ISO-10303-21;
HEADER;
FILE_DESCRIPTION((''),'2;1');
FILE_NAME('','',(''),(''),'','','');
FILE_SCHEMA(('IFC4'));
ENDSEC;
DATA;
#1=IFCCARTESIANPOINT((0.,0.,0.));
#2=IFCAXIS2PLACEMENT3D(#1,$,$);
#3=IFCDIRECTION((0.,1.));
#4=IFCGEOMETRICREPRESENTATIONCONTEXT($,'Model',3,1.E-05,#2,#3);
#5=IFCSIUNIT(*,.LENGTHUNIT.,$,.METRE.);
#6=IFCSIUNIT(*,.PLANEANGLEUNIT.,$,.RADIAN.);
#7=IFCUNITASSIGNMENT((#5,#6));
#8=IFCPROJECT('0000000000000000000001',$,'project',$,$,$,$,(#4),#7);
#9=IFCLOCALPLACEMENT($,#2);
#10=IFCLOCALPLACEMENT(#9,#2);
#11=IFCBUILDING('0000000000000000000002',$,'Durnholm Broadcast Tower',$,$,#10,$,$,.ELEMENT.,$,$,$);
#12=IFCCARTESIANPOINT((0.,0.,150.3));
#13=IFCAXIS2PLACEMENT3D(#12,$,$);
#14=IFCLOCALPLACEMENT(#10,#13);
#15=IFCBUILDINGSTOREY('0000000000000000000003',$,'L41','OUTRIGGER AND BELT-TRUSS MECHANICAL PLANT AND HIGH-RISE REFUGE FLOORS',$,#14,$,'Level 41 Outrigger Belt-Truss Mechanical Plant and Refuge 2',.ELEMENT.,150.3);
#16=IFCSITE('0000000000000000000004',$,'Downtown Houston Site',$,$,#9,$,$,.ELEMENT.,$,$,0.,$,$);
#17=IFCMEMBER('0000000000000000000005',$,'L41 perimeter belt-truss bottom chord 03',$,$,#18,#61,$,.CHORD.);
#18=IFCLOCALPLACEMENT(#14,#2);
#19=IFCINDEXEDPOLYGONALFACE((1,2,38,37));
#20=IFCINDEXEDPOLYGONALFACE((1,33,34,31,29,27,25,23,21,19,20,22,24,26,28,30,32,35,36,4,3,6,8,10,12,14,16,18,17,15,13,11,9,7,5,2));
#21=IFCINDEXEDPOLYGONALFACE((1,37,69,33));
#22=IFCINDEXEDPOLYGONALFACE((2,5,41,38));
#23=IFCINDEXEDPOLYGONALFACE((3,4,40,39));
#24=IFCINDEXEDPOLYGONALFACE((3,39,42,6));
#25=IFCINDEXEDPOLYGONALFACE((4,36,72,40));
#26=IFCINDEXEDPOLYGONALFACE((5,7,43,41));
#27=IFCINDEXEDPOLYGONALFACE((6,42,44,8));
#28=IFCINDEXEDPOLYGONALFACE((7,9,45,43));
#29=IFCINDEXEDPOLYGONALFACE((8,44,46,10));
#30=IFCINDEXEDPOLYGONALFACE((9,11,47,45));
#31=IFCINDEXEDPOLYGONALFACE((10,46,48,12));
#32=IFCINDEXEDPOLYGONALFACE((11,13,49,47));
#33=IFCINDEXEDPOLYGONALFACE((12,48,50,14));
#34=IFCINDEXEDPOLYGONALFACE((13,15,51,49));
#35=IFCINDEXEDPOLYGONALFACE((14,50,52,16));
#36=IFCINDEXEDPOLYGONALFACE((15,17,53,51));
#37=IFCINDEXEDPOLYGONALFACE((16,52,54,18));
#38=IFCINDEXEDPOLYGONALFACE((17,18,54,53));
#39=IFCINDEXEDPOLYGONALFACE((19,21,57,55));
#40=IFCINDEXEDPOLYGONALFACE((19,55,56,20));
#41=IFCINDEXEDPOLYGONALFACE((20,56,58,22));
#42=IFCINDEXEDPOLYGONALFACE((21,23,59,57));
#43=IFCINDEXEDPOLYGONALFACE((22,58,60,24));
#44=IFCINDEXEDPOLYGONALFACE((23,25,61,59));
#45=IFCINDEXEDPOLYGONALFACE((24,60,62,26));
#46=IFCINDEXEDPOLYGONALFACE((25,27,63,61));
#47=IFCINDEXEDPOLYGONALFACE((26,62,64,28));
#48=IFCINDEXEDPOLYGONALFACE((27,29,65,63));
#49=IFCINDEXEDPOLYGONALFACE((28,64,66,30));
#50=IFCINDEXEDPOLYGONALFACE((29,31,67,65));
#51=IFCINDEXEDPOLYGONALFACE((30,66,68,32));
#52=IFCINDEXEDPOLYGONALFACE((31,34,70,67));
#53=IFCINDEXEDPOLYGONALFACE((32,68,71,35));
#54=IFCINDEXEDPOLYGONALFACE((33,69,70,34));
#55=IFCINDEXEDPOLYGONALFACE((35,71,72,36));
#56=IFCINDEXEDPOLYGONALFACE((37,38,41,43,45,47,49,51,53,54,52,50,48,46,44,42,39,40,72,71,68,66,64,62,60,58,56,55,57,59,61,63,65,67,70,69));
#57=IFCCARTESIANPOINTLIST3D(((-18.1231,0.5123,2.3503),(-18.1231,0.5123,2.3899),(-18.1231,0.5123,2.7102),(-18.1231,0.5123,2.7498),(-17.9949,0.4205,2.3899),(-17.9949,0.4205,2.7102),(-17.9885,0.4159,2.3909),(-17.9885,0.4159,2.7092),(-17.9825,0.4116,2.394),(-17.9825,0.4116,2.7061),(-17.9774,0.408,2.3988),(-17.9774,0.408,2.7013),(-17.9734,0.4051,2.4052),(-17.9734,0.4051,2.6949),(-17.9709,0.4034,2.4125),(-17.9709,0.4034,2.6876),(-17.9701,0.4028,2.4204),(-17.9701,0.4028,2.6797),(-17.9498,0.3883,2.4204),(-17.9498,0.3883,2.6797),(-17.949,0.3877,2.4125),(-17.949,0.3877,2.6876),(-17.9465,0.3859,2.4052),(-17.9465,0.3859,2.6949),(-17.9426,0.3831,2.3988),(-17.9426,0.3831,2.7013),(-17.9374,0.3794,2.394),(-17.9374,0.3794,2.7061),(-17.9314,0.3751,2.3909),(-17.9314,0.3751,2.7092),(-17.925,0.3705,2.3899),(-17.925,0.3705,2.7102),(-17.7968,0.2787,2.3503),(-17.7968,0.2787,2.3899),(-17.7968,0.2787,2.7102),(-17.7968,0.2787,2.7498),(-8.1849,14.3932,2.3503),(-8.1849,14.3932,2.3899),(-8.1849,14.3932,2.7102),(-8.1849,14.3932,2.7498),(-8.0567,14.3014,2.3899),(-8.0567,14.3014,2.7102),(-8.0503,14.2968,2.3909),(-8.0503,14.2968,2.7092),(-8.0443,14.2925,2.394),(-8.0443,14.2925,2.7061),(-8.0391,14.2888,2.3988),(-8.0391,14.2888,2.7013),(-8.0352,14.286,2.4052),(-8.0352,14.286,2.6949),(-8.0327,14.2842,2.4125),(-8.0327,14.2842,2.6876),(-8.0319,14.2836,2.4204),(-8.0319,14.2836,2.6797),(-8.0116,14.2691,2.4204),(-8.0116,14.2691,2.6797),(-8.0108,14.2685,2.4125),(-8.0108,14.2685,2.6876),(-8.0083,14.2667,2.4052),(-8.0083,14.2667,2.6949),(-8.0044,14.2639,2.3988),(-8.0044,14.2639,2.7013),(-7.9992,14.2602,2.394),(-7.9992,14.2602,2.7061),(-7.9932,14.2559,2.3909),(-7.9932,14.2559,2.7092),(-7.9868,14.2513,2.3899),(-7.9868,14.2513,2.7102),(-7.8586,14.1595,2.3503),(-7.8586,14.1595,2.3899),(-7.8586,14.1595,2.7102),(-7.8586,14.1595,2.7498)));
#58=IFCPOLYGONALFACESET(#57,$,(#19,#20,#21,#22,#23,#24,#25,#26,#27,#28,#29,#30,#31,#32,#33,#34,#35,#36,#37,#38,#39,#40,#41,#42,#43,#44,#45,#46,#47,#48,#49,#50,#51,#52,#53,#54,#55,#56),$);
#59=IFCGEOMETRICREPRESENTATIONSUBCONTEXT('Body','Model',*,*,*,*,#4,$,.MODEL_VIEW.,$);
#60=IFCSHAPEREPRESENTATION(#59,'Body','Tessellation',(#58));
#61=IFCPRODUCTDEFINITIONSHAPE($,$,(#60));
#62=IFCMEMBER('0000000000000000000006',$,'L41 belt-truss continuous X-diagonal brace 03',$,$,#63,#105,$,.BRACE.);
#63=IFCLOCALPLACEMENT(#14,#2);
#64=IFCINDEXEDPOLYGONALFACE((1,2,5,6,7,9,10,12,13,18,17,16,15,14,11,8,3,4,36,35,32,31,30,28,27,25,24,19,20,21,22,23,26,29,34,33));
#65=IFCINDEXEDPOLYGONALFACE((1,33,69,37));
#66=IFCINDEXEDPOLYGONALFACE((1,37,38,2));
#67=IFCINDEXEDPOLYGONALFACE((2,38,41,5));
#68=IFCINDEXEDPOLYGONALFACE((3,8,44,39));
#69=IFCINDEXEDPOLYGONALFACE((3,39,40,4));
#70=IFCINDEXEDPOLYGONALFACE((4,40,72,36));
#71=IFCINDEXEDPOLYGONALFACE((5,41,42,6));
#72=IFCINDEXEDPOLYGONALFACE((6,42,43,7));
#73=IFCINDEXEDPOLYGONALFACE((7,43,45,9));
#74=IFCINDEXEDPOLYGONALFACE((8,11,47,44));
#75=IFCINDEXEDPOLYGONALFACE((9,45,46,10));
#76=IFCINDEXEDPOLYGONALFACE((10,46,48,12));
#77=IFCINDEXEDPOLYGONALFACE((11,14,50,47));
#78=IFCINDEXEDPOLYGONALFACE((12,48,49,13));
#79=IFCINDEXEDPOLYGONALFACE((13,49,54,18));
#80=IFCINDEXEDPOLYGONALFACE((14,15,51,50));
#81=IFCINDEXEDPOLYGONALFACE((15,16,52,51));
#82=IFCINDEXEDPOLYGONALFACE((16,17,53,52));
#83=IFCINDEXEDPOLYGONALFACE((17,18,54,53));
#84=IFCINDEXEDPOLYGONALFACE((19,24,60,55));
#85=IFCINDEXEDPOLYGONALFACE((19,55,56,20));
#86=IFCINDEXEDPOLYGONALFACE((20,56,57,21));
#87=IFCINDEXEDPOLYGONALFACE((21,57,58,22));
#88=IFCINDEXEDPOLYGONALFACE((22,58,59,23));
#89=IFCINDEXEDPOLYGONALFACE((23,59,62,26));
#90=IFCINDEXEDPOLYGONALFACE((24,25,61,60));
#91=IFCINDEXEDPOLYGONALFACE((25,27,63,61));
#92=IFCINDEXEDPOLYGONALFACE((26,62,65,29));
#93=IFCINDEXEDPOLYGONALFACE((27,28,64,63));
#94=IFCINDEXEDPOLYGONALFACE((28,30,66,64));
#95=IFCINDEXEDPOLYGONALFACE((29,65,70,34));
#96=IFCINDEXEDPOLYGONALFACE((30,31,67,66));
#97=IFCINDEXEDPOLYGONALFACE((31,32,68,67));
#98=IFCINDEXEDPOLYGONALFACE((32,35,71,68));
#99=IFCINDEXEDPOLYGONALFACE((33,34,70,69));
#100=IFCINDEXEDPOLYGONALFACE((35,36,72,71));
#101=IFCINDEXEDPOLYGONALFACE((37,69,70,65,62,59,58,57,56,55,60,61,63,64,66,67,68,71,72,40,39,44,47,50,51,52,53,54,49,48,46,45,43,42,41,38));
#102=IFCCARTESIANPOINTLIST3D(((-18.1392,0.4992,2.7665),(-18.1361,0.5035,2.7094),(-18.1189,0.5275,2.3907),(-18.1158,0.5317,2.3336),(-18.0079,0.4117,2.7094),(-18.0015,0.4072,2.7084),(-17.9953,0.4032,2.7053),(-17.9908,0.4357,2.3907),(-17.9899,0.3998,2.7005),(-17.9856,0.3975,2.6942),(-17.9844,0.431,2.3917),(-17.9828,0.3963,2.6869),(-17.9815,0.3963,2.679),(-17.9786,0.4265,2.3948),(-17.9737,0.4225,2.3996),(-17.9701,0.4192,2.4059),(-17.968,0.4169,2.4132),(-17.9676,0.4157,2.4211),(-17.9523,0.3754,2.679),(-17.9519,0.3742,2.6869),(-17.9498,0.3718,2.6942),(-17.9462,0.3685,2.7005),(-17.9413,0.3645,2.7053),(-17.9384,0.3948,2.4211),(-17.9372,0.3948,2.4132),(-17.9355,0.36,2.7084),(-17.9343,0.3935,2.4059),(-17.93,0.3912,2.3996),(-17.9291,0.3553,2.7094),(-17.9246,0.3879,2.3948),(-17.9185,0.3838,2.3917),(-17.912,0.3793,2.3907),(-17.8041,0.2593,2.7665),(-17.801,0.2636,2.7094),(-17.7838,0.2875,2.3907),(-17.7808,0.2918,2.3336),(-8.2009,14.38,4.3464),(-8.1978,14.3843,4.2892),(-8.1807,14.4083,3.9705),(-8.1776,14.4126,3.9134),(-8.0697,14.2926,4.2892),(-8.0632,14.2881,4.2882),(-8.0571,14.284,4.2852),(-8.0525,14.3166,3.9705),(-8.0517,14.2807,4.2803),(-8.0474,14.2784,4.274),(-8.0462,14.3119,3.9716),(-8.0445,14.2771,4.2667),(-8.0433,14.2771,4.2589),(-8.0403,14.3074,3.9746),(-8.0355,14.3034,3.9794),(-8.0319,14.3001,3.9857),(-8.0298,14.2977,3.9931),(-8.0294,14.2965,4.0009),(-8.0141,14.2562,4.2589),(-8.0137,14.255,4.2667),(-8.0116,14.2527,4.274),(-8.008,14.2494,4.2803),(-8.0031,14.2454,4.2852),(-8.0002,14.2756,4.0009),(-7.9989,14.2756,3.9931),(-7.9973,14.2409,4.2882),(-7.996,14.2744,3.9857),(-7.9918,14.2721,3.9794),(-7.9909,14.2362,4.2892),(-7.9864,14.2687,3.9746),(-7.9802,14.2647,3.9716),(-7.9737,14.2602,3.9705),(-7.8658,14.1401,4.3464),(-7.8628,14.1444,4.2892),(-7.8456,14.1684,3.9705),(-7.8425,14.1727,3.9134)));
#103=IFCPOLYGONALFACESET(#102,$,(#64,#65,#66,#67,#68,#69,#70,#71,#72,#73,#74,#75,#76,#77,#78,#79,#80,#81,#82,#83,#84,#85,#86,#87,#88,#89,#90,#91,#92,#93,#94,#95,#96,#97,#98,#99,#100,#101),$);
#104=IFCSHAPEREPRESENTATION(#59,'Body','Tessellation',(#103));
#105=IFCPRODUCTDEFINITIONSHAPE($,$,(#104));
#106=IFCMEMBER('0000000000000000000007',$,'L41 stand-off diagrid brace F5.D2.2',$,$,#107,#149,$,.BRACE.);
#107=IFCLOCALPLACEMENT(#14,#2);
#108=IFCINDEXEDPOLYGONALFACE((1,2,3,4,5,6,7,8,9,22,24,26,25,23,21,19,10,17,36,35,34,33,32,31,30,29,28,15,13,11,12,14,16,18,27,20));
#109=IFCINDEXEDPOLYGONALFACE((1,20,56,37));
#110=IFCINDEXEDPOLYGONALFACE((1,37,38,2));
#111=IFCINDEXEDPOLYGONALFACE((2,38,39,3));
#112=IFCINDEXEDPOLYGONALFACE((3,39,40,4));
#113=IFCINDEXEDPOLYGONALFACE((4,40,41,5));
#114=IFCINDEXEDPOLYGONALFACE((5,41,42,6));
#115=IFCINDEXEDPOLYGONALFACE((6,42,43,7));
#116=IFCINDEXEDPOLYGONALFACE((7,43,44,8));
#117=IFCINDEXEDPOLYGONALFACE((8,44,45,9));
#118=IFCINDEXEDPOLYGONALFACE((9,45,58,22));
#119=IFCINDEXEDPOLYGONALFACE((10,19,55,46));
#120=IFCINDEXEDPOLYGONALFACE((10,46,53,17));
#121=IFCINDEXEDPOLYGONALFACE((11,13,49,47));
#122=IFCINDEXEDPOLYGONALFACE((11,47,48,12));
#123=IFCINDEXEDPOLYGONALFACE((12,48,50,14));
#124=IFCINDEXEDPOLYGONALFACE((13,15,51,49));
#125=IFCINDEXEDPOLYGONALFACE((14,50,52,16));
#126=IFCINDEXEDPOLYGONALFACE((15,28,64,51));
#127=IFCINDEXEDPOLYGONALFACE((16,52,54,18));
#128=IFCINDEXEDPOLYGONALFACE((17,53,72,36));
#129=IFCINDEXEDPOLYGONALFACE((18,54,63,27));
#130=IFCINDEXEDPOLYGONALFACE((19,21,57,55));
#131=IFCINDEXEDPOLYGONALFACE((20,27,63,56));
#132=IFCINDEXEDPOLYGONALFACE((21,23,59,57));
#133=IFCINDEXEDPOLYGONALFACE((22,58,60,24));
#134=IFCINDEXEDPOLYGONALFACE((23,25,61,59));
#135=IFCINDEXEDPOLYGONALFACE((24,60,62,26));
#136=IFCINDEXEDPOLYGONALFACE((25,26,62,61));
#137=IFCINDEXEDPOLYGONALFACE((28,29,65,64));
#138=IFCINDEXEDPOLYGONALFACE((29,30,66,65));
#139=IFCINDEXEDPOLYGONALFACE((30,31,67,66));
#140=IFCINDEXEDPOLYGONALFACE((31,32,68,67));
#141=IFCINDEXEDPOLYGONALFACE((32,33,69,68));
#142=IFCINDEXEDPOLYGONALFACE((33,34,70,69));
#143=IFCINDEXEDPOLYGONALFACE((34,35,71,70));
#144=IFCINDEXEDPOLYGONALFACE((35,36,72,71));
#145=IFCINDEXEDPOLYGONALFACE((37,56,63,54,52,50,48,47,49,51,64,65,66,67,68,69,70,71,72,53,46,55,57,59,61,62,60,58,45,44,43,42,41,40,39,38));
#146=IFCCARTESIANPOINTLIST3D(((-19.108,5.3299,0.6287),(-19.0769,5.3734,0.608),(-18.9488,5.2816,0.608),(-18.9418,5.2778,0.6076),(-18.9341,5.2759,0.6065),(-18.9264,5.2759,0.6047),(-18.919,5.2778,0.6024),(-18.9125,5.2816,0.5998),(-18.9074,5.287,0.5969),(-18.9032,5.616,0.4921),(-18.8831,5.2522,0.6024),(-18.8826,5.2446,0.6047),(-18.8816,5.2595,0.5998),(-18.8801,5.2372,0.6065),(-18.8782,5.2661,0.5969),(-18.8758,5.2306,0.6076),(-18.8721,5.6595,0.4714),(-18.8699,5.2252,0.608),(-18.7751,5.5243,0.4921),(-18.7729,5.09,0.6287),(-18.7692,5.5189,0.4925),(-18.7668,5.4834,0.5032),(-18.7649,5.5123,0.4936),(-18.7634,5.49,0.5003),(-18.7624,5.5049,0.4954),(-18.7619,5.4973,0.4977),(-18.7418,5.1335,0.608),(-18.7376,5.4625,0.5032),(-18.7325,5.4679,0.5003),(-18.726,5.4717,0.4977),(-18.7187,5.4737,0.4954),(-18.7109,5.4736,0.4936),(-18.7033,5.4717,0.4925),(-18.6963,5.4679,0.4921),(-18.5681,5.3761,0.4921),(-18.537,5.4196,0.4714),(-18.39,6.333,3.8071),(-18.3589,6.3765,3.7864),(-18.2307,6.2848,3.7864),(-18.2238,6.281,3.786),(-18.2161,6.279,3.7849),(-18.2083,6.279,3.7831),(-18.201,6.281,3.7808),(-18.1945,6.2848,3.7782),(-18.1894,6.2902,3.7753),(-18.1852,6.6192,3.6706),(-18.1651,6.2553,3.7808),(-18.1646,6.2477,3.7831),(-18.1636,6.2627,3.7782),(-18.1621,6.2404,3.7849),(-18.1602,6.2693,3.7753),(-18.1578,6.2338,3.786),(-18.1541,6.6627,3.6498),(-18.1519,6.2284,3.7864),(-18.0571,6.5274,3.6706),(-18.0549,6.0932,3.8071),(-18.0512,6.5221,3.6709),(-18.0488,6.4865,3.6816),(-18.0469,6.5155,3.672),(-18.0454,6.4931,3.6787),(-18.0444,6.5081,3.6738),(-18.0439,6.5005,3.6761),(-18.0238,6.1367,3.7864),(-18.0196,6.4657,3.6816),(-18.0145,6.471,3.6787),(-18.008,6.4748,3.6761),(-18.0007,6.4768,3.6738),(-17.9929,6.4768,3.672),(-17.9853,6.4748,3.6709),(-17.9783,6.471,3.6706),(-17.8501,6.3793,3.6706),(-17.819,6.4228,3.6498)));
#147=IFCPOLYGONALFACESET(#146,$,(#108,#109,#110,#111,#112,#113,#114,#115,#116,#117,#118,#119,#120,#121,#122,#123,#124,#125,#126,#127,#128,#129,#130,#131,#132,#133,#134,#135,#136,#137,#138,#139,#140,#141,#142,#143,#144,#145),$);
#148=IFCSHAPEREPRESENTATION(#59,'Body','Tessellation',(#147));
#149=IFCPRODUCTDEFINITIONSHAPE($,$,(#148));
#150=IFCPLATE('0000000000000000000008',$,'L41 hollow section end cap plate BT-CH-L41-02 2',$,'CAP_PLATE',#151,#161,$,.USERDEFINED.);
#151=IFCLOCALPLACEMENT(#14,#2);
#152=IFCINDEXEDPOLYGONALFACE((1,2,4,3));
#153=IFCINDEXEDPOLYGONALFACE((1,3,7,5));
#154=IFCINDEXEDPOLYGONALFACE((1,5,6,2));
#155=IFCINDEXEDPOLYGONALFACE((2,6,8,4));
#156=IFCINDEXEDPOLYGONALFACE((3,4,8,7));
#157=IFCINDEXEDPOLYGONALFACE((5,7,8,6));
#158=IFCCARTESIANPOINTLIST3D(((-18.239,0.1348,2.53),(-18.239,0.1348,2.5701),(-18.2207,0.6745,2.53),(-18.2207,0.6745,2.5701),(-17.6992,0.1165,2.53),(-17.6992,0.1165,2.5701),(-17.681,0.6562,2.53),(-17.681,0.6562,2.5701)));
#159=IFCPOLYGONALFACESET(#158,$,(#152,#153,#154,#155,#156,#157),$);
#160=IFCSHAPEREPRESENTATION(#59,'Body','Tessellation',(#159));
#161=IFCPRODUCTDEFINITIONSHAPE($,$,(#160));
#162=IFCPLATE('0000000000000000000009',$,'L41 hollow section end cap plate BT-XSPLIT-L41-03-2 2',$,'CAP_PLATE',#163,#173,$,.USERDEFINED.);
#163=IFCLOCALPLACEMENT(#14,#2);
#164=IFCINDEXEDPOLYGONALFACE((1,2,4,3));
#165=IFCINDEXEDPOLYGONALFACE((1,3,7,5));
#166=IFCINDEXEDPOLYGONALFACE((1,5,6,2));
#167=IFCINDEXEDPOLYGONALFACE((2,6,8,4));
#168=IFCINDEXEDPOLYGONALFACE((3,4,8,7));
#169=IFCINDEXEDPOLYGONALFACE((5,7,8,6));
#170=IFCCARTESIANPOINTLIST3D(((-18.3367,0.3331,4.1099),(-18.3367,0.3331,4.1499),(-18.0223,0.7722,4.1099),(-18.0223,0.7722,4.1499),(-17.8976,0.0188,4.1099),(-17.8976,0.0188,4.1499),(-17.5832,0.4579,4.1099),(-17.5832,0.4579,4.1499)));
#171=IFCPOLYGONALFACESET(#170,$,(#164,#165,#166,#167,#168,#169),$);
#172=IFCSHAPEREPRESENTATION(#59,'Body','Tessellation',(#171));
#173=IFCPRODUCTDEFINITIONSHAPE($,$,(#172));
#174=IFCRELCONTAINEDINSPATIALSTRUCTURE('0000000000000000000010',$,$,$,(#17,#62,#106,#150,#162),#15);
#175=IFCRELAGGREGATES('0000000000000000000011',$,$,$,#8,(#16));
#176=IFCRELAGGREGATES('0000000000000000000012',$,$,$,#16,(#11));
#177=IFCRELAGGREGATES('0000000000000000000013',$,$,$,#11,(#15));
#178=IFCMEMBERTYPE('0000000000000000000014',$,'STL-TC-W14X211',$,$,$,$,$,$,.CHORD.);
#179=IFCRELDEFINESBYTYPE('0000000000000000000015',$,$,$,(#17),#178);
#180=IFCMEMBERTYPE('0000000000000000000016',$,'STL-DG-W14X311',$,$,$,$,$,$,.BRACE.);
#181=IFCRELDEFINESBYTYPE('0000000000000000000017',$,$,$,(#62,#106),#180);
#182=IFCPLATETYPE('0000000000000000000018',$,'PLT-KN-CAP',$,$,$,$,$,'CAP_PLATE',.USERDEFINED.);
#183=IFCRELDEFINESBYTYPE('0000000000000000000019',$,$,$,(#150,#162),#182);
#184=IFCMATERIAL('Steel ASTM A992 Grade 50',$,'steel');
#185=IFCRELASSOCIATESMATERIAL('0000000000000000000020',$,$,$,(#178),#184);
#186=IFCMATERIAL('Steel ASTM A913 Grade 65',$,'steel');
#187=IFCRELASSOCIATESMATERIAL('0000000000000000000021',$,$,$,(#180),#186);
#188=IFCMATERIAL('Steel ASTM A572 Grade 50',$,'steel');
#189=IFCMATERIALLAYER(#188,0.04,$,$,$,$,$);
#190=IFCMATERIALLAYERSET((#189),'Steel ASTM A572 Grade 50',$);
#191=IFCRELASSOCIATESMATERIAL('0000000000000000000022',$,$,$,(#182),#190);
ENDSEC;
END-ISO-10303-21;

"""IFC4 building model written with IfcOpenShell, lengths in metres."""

from ifc_helpers import new_model, si_unit, direction, frame, origin, origin_2d, place, context, subcontext, project, spatial, rectangle, i_section, extrude, source, transform, mapped, material, layer, layer_set, material_profile, profile_set, type_object, type_shapes, element, save


model = new_model("IFC4")

# Units and contexts
model_context = context("Model", 3, precision=1e-05, world=origin(), true_north=direction((0.0, 1.0)))
body_context = subcontext(model_context, "Body", "Model", "MODEL_VIEW")
ifc_project = project(units=[si_unit("LENGTHUNIT", "METRE"), si_unit("PLANEANGLEUNIT", "RADIAN")], contexts=[model_context])

# Site, building, storey
site_placement = place(None, origin())
site = spatial("IfcSite", under=ifc_project, at=site_placement, Name="Downtown Houston Site", CompositionType="ELEMENT", RefElevation=0.0)
building_placement = place(site_placement, origin())
building = spatial("IfcBuilding", under=site, at=building_placement, Name="Durnholm Broadcast Tower", CompositionType="ELEMENT")
storey_placement = place(building_placement, frame((0.0, 0.0, 150.3)))
storey = spatial("IfcBuildingStorey", under=building, at=storey_placement, Name="L41", Description="OUTRIGGER AND BELT-TRUSS MECHANICAL PLANT AND HIGH-RISE REFUGE FLOORS", LongName="Level 41 Outrigger Belt-Truss Mechanical Plant and Refuge 2", CompositionType="ELEMENT", Elevation=150.3)

# Shared definitions
ifc_material_1 = material(Name="Steel ASTM A992 Grade 50", Category="steel")

# Members
ifc_material_profile_1 = material_profile(ifc_material_1, i_section(OverallWidth=0.4014, OverallDepth=0.3994, WebThickness=0.0249, FlangeThickness=0.0396, FilletRadius=0.0305, at=origin_2d()), Name="W14X211")
ifc_profile_set_1 = profile_set([ifc_material_profile_1], Name="Steel ASTM A992 Grade 50")
member_type_1 = type_object("IfcMemberType", Name="STL-TC-W14X211", PredefinedType="CHORD", material=ifc_profile_set_1)
shared_shape_1 = source(origin(), body_context, "Body", "SweptSolid", [
    extrude(i_section(OverallWidth=0.4014, OverallDepth=0.3994, WebThickness=0.0249, FlangeThickness=0.0396, FilletRadius=0.0305, at=origin_2d()), origin(), (0.0, 0.0, 1.0), 17.0718),
])
type_shapes(member_type_1, [shared_shape_1])
member_1_placement = place(storey_placement, frame((-17.96, 0.3955, 2.55), z_axis=(0.582143, 0.813087, 0.0), x_axis=(-0.813087, 0.582143, 0.0)))
element("IfcMember", 1, at=member_1_placement, inside=storey, type_object=member_type_1, Name="L41 perimeter belt-truss bottom chord 03", PredefinedType="CHORD", context=body_context, shape_type="MappedRepresentation", body=[
    mapped(shared_shape_1, transform((0.0, 0.0, 0.0), x_axis=(1.0, 0.0, 0.0), y_axis=(0.0, 1.0, 0.0), z_axis=(0.0, 0.0, 1.0), scale=1.0)),
])
ifc_material_2 = material(Name="Steel ASTM A913 Grade 65", Category="steel")
ifc_material_profile_2 = material_profile(ifc_material_2, i_section(OverallWidth=0.4121, OverallDepth=0.4348, WebThickness=0.0359, FlangeThickness=0.0574, FilletRadius=0.0305, at=origin_2d()), Name="W14X311")
ifc_profile_set_2 = profile_set([ifc_material_profile_2], Name="Steel ASTM A913 Grade 65")
member_type_2 = type_object("IfcMemberType", Name="STL-DG-W14X311", PredefinedType="BRACE", material=ifc_profile_set_2)
shared_shape_2 = source(origin(), body_context, "Body", "SweptSolid", [
    extrude(i_section(OverallWidth=0.4121, OverallDepth=0.4348, WebThickness=0.0359, FlangeThickness=0.0574, FilletRadius=0.0305, at=origin_2d()), origin(), (0.0, 0.0, 1.0), 17.1448),
])
member_2_placement = place(storey_placement, frame((-17.96, 0.3955, 2.55), z_axis=(0.579666, 0.809627, 0.092147), x_axis=(-0.813087, 0.582143, 0.0)))
element("IfcMember", 2, at=member_2_placement, inside=storey, type_object=member_type_2, Name="L41 belt-truss continuous X-diagonal brace 03", PredefinedType="BRACE", context=body_context, shape_type="MappedRepresentation", body=[
    mapped(shared_shape_2, transform((0.0, 0.0, 0.0), x_axis=(1.0, 0.0, 0.0), y_axis=(0.0, 1.0, 0.0), z_axis=(0.0, 0.0, 1.0), scale=1.0)),
])
shared_shape_3 = source(origin(), body_context, "Body", "SweptSolid", [
    extrude(i_section(OverallWidth=0.4121, OverallDepth=0.4348, WebThickness=0.0359, FlangeThickness=0.0574, FilletRadius=0.0305, at=origin_2d()), origin(), (0.0, 0.0, 1.0), 3.4094),
])
type_shapes(member_type_2, [shared_shape_2, shared_shape_3])
member_3_placement = place(storey_placement, frame((-18.8225, 5.3748, 0.55), z_axis=(0.210594, 0.294231, 0.932244), x_axis=(-0.813171, 0.582024, 0.0)))
element("IfcMember", 3, at=member_3_placement, inside=storey, type_object=member_type_2, Name="L41 stand-off diagrid brace F5.D2.2", PredefinedType="BRACE", context=body_context, shape_type="MappedRepresentation", body=[
    mapped(shared_shape_3, transform((0.0, 0.0, 0.0), x_axis=(1.0, 0.0, 0.0), y_axis=(0.0, 1.0, 0.0), z_axis=(0.0, 0.0, 1.0), scale=1.0)),
])

# Plates
ifc_material_3 = material(Name="Steel ASTM A572 Grade 50", Category="steel")
ifc_layer_1 = layer(ifc_material_3, 0.04)
ifc_layer_set_1 = layer_set([ifc_layer_1], Name="Steel ASTM A572 Grade 50")
plate_type_1 = type_object("IfcPlateType", Name="PLT-KN-CAP", ElementType="CAP_PLATE", PredefinedType="USERDEFINED", material=ifc_layer_set_1)
shared_shape_4 = source(origin(), body_context, "Body", "SweptSolid", [
    extrude(rectangle(XDim=0.54, YDim=0.54, at=origin_2d()), origin(), (0.0, 0.0, 1.0), 0.04),
])
type_shapes(plate_type_1, [shared_shape_4])
for number, where, z_axis, x_axis, name in (
    (4, (-17.96, 0.3955, 2.53), (0.0, 0.0, 1.0), (0.033853, 0.999427, 0.0), "L41 hollow section end cap plate BT-CH-L41-02 2"),
    (5, (-17.96, 0.3955, 4.1099), (0.0, 0.0, 1.0), (-0.582123, -0.813101, 0.0), "L41 hollow section end cap plate BT-XSPLIT-L41-03-2 2"),
):
    element("IfcPlate", number, at=place(storey_placement, frame(where, z_axis=z_axis, x_axis=x_axis)), inside=storey, type_object=plate_type_1, Name=name, ObjectType="CAP_PLATE", PredefinedType="USERDEFINED", context=body_context, shape_type="MappedRepresentation", body=[
        mapped(shared_shape_4, transform((0.0, 0.0, 0.0), x_axis=(1.0, 0.0, 0.0), y_axis=(0.0, 1.0, 0.0), z_axis=(0.0, 0.0, 1.0), scale=1.0)),
    ])

save(model, "model.ifc")
